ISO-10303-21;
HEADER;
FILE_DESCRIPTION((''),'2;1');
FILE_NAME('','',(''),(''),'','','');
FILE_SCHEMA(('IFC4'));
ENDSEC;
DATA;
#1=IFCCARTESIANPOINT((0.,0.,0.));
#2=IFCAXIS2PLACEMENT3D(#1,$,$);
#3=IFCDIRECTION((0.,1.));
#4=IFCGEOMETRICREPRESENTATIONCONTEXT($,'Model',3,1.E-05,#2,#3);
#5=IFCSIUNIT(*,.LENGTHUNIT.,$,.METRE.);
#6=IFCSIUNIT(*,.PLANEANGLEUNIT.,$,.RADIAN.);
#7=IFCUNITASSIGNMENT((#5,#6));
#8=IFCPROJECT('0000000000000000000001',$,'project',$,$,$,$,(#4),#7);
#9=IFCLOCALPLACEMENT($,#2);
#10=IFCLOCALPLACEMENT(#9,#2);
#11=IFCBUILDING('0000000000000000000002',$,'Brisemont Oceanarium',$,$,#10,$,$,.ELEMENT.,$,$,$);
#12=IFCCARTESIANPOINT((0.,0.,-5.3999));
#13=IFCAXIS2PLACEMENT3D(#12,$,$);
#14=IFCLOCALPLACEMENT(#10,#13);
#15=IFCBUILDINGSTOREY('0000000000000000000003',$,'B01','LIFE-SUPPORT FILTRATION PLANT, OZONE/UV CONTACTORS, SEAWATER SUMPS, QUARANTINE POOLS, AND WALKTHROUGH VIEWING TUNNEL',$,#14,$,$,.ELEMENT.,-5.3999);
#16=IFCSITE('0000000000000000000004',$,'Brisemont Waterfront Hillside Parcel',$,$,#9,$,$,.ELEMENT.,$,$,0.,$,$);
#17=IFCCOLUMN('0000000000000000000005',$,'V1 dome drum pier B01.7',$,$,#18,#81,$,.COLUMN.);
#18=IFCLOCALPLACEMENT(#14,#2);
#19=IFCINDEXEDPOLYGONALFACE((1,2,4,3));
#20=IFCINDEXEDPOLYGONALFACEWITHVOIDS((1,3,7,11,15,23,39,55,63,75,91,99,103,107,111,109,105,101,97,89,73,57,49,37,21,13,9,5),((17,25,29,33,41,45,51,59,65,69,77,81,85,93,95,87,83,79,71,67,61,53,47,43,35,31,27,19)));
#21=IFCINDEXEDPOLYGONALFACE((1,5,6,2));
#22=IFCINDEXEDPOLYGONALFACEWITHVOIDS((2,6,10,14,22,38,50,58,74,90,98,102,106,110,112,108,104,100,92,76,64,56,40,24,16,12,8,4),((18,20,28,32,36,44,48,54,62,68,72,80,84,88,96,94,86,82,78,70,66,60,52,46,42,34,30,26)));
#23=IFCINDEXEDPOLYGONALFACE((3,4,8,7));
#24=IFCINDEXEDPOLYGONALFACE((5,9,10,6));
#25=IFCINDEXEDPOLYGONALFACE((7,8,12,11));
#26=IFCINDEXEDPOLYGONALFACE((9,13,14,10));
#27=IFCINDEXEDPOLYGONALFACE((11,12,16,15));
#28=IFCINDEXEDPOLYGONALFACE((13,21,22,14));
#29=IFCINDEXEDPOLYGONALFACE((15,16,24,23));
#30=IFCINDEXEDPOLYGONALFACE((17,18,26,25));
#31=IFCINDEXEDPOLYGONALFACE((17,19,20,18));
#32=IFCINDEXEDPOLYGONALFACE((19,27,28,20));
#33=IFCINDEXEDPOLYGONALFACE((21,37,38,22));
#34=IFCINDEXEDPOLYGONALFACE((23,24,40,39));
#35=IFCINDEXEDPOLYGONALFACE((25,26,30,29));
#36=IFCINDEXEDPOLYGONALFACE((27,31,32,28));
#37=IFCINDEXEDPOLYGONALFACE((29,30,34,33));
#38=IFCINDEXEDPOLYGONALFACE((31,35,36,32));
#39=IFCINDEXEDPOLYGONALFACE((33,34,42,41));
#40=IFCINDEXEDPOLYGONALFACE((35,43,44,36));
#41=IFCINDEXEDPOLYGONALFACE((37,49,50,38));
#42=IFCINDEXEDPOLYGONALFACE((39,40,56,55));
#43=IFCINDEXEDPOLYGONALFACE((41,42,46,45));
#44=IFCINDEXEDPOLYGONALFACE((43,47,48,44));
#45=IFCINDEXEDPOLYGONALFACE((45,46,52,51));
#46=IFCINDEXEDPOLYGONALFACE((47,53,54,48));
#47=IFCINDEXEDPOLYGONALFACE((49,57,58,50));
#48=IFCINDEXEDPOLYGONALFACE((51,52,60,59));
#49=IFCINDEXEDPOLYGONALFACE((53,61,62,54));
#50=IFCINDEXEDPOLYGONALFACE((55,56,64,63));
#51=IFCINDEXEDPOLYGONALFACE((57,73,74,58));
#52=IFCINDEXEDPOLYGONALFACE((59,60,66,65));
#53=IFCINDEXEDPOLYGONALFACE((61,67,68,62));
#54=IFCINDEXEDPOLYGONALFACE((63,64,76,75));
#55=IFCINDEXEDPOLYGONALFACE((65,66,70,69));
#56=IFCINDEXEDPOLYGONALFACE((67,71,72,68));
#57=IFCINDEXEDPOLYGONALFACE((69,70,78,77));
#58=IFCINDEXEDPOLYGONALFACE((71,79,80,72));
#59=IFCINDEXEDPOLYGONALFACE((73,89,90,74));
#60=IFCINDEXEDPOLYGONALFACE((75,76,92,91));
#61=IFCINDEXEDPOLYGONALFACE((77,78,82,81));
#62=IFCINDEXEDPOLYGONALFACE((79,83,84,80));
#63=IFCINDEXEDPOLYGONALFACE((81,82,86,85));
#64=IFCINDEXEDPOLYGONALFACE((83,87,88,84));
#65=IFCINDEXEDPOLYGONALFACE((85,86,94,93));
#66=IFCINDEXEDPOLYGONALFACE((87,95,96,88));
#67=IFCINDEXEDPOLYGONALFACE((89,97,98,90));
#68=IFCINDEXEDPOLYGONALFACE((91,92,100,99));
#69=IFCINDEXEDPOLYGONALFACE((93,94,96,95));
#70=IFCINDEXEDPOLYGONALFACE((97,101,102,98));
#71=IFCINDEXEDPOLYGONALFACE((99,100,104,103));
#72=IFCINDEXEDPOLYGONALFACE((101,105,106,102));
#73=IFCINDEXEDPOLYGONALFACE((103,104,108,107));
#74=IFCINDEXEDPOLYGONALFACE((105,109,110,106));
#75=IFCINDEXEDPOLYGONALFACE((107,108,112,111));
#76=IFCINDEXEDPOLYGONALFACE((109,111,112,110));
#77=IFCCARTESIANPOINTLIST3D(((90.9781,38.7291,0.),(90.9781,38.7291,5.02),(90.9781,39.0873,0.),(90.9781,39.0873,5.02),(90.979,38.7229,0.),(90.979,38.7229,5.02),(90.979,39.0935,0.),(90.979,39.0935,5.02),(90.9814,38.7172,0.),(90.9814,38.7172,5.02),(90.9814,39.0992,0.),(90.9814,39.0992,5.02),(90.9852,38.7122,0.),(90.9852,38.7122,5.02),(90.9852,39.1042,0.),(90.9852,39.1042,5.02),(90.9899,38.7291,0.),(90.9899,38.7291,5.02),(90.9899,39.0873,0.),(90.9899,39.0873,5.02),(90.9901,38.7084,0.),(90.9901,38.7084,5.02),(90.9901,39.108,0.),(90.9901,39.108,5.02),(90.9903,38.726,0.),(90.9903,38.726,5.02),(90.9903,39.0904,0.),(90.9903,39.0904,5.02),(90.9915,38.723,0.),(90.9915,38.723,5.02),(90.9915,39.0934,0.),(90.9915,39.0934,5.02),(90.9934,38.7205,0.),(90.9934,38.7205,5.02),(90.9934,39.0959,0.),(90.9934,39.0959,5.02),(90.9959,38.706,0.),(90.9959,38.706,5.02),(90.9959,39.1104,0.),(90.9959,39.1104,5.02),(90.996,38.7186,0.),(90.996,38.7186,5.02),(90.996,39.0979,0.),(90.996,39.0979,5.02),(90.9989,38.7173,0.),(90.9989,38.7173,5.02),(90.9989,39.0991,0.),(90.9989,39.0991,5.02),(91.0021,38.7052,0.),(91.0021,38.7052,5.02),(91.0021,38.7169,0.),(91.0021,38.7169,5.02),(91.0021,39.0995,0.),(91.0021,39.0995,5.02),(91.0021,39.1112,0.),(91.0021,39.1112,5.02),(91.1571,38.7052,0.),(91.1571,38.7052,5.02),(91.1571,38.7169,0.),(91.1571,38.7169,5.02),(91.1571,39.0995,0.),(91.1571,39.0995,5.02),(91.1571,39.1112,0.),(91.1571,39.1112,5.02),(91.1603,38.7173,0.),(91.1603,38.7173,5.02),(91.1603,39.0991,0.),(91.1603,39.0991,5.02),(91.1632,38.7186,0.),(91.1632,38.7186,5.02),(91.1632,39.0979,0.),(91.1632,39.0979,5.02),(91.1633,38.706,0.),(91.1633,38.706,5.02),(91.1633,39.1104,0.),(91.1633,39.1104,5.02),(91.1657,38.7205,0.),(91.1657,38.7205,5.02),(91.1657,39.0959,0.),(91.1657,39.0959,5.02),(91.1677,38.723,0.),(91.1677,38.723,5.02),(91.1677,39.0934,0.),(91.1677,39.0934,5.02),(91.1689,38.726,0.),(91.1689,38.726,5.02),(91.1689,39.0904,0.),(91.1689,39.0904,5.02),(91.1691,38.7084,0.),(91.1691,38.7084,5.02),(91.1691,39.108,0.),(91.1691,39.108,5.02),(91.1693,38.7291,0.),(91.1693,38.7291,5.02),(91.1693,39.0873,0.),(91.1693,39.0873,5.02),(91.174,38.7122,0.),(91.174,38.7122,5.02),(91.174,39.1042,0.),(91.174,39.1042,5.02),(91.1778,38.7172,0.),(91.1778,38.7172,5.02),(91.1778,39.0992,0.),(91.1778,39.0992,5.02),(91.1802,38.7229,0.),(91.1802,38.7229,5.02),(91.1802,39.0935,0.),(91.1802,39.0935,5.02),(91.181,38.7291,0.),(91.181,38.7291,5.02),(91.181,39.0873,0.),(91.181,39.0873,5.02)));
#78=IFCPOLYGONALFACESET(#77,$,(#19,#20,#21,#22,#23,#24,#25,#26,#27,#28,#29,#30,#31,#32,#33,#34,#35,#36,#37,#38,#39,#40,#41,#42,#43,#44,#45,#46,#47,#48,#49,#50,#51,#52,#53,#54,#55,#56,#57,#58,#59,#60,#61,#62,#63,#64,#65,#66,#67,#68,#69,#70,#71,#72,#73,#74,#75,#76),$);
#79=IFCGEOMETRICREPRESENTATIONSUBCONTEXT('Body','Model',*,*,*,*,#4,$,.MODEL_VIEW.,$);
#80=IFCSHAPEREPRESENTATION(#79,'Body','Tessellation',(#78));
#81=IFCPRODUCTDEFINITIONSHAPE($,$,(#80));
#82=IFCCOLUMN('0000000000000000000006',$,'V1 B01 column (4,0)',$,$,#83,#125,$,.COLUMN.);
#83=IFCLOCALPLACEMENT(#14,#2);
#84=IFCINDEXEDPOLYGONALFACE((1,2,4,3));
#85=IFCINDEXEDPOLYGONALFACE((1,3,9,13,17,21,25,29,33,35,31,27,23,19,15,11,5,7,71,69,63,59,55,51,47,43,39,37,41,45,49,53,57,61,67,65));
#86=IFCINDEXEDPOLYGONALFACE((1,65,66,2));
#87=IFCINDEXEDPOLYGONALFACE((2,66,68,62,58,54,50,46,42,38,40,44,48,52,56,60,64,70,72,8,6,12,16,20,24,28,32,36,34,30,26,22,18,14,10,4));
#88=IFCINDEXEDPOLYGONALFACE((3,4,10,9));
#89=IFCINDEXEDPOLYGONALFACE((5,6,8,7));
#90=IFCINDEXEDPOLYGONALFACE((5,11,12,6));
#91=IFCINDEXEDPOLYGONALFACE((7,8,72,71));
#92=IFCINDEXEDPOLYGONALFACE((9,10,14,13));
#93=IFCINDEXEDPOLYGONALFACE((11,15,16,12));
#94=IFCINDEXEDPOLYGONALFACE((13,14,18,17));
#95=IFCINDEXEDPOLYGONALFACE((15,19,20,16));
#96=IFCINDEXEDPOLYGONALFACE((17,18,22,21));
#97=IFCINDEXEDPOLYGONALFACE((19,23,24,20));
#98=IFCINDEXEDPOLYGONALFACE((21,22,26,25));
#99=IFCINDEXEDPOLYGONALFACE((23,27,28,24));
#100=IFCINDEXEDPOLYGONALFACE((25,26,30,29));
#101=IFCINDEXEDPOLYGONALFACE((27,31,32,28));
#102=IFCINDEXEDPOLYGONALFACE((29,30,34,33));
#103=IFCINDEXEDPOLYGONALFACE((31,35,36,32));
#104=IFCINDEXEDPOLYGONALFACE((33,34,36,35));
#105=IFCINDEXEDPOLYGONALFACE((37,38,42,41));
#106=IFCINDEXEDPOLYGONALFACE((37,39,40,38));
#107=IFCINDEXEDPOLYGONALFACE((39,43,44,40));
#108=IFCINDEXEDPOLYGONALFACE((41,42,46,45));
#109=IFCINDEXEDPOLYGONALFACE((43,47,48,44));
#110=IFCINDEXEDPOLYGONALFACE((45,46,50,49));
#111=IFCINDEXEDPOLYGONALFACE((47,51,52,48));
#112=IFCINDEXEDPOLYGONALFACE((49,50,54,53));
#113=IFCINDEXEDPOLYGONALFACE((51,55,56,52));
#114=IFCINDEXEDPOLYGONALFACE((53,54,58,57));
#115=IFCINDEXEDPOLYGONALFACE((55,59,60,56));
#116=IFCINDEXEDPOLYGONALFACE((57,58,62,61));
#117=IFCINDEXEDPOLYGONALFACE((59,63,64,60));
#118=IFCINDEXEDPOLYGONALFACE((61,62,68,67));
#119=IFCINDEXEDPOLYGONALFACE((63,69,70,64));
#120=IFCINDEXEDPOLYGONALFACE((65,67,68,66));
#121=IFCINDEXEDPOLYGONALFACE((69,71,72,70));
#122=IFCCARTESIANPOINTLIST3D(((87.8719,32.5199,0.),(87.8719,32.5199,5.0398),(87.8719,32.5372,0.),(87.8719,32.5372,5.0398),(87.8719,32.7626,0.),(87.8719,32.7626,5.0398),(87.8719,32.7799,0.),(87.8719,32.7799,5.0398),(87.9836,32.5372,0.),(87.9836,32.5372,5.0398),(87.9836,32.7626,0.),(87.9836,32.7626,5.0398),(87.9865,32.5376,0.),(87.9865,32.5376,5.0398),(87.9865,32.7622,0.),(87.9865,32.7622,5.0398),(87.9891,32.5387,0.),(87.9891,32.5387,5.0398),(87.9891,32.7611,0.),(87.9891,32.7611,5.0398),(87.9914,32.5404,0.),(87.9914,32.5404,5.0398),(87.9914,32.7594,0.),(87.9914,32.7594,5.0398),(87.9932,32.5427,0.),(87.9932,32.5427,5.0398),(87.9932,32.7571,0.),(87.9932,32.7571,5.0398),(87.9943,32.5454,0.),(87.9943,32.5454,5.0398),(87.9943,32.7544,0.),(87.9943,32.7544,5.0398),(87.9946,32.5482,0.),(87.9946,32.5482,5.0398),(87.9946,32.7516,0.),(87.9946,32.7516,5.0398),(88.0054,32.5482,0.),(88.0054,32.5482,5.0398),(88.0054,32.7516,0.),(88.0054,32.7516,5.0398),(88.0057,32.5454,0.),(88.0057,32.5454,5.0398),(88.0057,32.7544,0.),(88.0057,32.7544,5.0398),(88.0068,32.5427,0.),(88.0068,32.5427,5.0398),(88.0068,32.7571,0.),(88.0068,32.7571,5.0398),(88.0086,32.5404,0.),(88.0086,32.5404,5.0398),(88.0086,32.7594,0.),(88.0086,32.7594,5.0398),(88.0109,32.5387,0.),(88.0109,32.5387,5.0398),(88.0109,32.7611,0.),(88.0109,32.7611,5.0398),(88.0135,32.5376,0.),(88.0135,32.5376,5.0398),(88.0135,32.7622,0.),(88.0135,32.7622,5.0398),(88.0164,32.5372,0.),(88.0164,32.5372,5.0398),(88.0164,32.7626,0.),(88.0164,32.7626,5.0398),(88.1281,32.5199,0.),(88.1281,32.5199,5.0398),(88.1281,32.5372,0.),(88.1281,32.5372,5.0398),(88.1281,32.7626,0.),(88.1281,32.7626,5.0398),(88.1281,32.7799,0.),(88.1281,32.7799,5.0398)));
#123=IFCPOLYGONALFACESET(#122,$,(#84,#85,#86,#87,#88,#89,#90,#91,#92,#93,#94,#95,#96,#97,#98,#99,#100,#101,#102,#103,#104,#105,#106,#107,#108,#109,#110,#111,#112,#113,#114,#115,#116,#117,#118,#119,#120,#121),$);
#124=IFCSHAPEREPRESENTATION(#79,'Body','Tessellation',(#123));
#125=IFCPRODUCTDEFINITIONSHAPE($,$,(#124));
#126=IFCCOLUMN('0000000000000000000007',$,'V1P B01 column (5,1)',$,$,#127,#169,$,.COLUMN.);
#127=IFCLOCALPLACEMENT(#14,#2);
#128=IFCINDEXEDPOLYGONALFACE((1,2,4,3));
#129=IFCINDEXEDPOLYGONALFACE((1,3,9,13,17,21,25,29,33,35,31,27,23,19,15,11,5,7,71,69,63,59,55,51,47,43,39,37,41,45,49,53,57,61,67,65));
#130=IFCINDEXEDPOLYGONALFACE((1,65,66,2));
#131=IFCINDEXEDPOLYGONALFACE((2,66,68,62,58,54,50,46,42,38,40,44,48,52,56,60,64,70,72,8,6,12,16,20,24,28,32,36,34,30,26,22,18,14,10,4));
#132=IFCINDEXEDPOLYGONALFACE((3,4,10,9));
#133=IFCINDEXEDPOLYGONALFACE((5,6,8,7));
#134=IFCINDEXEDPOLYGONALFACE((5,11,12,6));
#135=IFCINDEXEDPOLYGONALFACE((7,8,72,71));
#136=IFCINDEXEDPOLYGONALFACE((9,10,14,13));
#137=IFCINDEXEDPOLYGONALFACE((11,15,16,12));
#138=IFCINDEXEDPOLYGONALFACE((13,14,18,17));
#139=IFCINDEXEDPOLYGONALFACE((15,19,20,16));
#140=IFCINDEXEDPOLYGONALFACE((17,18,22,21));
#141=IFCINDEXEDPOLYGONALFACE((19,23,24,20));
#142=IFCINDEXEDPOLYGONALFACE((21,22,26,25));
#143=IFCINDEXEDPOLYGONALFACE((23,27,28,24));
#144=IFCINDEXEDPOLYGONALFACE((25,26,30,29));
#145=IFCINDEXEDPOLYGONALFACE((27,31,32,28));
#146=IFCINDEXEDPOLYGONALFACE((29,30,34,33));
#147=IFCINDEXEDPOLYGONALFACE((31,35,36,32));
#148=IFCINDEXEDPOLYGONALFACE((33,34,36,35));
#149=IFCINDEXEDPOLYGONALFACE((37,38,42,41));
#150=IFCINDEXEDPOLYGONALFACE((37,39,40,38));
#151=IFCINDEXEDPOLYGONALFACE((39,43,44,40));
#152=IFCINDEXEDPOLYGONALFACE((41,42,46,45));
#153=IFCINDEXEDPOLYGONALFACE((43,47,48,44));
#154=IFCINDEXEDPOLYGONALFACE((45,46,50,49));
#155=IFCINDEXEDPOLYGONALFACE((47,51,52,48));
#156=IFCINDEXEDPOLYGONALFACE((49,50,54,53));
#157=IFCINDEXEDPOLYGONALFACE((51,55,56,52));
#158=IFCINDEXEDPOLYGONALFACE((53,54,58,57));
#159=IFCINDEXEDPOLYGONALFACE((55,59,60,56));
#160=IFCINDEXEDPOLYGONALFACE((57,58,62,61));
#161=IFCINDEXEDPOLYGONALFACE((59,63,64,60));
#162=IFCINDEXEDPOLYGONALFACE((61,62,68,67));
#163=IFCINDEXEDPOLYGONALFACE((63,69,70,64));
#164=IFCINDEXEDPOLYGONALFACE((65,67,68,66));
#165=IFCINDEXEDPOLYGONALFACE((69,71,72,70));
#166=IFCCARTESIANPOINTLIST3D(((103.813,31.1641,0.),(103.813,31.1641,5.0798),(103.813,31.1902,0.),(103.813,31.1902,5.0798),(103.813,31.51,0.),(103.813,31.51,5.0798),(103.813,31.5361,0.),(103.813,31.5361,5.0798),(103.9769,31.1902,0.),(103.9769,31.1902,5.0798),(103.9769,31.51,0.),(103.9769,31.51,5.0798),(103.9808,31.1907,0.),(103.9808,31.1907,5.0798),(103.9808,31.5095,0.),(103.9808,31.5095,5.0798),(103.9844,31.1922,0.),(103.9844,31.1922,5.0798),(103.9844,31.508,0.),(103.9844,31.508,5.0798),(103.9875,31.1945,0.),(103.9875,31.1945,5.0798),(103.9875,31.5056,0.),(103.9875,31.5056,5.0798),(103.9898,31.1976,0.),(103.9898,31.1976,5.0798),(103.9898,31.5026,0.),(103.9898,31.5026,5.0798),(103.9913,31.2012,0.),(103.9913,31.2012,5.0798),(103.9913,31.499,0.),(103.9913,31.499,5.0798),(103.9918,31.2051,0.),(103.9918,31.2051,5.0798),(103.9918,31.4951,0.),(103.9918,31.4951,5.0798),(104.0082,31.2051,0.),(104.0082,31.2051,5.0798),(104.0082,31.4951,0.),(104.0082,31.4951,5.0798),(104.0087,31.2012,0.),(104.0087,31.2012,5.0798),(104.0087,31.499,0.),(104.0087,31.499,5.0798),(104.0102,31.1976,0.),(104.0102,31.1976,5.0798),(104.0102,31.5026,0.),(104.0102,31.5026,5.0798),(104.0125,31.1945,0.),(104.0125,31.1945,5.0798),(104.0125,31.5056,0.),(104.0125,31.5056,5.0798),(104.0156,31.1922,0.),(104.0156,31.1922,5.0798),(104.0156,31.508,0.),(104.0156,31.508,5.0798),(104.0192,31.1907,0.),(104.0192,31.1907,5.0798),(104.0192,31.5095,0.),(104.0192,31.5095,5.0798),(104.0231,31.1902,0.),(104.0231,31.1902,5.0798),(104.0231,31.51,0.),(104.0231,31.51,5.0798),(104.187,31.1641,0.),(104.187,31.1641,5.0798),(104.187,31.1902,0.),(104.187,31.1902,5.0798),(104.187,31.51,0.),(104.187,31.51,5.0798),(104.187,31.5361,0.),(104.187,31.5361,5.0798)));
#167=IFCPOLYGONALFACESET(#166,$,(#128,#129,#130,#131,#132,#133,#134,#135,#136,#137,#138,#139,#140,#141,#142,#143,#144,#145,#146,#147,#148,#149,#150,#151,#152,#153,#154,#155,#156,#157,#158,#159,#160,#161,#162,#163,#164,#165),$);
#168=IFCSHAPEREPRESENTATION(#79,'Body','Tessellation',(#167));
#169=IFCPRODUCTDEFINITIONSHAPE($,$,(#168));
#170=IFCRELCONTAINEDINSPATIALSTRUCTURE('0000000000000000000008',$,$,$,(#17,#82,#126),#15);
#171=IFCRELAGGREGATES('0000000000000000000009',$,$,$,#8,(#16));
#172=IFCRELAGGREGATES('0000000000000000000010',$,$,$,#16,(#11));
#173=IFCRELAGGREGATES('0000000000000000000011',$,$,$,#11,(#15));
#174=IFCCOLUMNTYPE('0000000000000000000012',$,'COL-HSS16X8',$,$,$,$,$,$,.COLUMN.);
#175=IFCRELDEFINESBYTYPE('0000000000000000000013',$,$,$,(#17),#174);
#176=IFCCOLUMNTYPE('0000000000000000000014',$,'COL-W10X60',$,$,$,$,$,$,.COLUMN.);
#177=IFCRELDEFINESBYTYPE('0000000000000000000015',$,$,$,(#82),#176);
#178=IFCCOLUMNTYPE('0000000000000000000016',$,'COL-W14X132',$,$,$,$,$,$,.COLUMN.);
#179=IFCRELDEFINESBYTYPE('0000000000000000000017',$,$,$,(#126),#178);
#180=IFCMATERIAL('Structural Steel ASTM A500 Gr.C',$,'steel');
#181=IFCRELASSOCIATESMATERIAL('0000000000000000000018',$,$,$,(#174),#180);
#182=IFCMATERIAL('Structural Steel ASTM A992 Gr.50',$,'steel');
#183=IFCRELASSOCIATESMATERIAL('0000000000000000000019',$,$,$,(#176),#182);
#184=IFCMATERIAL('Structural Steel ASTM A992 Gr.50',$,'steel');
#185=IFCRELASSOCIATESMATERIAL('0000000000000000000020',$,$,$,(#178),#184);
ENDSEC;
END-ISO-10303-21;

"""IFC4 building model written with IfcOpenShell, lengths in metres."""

from ifc_helpers import new_model, si_unit, direction, frame, origin, origin_2d, place, context, subcontext, project, spatial, hollow_rectangle, i_section, extrude, material, material_profile, profile_set, type_object, element, save


model = new_model("IFC4")

# Units and contexts
model_context = context("Model", 3, precision=1e-05, world=origin(), true_north=direction((0.0, 1.0)))
body_context = subcontext(model_context, "Body", "Model", "MODEL_VIEW")
ifc_project = project(units=[si_unit("LENGTHUNIT", "METRE"), si_unit("PLANEANGLEUNIT", "RADIAN")], contexts=[model_context])

# Site, building, storey
site_placement = place(None, origin())
site = spatial("IfcSite", under=ifc_project, at=site_placement, Name="Brisemont Waterfront Hillside Parcel", CompositionType="ELEMENT", RefElevation=0.0)
building_placement = place(site_placement, origin())
building = spatial("IfcBuilding", under=site, at=building_placement, Name="Brisemont Oceanarium", CompositionType="ELEMENT")
storey_placement = place(building_placement, frame((0.0, 0.0, -5.3999)))
storey = spatial("IfcBuildingStorey", under=building, at=storey_placement, Name="B01", Description="LIFE-SUPPORT FILTRATION PLANT, OZONE/UV CONTACTORS, SEAWATER SUMPS, QUARANTINE POOLS, AND WALKTHROUGH VIEWING TUNNEL", CompositionType="ELEMENT", Elevation=-5.3999)

# Columns
ifc_material_1 = material(Name="Structural Steel ASTM A500 Gr.C", Category="steel")
ifc_material_profile_1 = material_profile(ifc_material_1, hollow_rectangle(XDim=0.2029, YDim=0.406, WallThickness=0.0117, InnerFilletRadius=0.0122, OuterFilletRadius=0.0239, at=origin_2d()), Name="HSS16X8X1/2")
ifc_profile_set_1 = profile_set([ifc_material_profile_1], Name="Structural Steel ASTM A500 Gr.C")
column_type_1 = type_object("IfcColumnType", Name="COL-HSS16X8", PredefinedType="COLUMN", material=ifc_profile_set_1)
column_1_placement = place(storey_placement, frame((91.0796, 38.9082, 0.0), z_axis=(0.0, 0.0, 1.0), x_axis=(1.0, 0.0, 0.0)))
element("IfcColumn", 1, at=column_1_placement, inside=storey, type_object=column_type_1, Name="V1 dome drum pier B01.7", PredefinedType="COLUMN", context=body_context, shape_type="SweptSolid", body=[
    extrude(hollow_rectangle(XDim=0.2029, YDim=0.406, WallThickness=0.0117, InnerFilletRadius=0.0122, OuterFilletRadius=0.0239, at=origin_2d()), origin(), (0.0, 0.0, 1.0), 5.02),
])
ifc_material_2 = material(Name="Structural Steel ASTM A992 Gr.50", Category="steel")
ifc_material_profile_2 = material_profile(ifc_material_2, i_section(OverallWidth=0.2561, OverallDepth=0.26, WebThickness=0.0107, FlangeThickness=0.0173, FilletRadius=0.011, at=origin_2d()), Name="W10X60")
ifc_profile_set_2 = profile_set([ifc_material_profile_2], Name="Structural Steel ASTM A992 Gr.50")
column_type_2 = type_object("IfcColumnType", Name="COL-W10X60", PredefinedType="COLUMN", material=ifc_profile_set_2)
column_2_placement = place(storey_placement, frame((88.0, 32.6499, 0.0), z_axis=(0.0, 0.0, 1.0), x_axis=(1.0, 0.0, 0.0)))
element("IfcColumn", 2, at=column_2_placement, inside=storey, type_object=column_type_2, Name="V1 B01 column (4,0)", PredefinedType="COLUMN", context=body_context, shape_type="SweptSolid", body=[
    extrude(i_section(OverallWidth=0.2561, OverallDepth=0.26, WebThickness=0.0107, FlangeThickness=0.0173, FilletRadius=0.011, at=origin_2d()), origin(), (0.0, 0.0, 1.0), 5.0398),
])
ifc_material_3 = material(Name="Structural Steel ASTM A992 Gr.50", Category="steel")
ifc_material_profile_3 = material_profile(ifc_material_3, i_section(OverallWidth=0.374, OverallDepth=0.3721, WebThickness=0.0164, FlangeThickness=0.0261, FilletRadius=0.0149, at=origin_2d()), Name="W14X132")
ifc_profile_set_3 = profile_set([ifc_material_profile_3], Name="Structural Steel ASTM A992 Gr.50")
column_type_3 = type_object("IfcColumnType", Name="COL-W14X132", PredefinedType="COLUMN", material=ifc_profile_set_3)
column_3_placement = place(storey_placement, frame((104.0, 31.3501, 0.0), z_axis=(0.0, 0.0, 1.0), x_axis=(1.0, 0.0, 0.0)))
element("IfcColumn", 3, at=column_3_placement, inside=storey, type_object=column_type_3, Name="V1P B01 column (5,1)", PredefinedType="COLUMN", context=body_context, shape_type="SweptSolid", body=[
    extrude(i_section(OverallWidth=0.374, OverallDepth=0.3721, WebThickness=0.0164, FlangeThickness=0.0261, FilletRadius=0.0149, at=origin_2d()), origin(), (0.0, 0.0, 1.0), 5.0798),
])

save(model, "model.ifc")
